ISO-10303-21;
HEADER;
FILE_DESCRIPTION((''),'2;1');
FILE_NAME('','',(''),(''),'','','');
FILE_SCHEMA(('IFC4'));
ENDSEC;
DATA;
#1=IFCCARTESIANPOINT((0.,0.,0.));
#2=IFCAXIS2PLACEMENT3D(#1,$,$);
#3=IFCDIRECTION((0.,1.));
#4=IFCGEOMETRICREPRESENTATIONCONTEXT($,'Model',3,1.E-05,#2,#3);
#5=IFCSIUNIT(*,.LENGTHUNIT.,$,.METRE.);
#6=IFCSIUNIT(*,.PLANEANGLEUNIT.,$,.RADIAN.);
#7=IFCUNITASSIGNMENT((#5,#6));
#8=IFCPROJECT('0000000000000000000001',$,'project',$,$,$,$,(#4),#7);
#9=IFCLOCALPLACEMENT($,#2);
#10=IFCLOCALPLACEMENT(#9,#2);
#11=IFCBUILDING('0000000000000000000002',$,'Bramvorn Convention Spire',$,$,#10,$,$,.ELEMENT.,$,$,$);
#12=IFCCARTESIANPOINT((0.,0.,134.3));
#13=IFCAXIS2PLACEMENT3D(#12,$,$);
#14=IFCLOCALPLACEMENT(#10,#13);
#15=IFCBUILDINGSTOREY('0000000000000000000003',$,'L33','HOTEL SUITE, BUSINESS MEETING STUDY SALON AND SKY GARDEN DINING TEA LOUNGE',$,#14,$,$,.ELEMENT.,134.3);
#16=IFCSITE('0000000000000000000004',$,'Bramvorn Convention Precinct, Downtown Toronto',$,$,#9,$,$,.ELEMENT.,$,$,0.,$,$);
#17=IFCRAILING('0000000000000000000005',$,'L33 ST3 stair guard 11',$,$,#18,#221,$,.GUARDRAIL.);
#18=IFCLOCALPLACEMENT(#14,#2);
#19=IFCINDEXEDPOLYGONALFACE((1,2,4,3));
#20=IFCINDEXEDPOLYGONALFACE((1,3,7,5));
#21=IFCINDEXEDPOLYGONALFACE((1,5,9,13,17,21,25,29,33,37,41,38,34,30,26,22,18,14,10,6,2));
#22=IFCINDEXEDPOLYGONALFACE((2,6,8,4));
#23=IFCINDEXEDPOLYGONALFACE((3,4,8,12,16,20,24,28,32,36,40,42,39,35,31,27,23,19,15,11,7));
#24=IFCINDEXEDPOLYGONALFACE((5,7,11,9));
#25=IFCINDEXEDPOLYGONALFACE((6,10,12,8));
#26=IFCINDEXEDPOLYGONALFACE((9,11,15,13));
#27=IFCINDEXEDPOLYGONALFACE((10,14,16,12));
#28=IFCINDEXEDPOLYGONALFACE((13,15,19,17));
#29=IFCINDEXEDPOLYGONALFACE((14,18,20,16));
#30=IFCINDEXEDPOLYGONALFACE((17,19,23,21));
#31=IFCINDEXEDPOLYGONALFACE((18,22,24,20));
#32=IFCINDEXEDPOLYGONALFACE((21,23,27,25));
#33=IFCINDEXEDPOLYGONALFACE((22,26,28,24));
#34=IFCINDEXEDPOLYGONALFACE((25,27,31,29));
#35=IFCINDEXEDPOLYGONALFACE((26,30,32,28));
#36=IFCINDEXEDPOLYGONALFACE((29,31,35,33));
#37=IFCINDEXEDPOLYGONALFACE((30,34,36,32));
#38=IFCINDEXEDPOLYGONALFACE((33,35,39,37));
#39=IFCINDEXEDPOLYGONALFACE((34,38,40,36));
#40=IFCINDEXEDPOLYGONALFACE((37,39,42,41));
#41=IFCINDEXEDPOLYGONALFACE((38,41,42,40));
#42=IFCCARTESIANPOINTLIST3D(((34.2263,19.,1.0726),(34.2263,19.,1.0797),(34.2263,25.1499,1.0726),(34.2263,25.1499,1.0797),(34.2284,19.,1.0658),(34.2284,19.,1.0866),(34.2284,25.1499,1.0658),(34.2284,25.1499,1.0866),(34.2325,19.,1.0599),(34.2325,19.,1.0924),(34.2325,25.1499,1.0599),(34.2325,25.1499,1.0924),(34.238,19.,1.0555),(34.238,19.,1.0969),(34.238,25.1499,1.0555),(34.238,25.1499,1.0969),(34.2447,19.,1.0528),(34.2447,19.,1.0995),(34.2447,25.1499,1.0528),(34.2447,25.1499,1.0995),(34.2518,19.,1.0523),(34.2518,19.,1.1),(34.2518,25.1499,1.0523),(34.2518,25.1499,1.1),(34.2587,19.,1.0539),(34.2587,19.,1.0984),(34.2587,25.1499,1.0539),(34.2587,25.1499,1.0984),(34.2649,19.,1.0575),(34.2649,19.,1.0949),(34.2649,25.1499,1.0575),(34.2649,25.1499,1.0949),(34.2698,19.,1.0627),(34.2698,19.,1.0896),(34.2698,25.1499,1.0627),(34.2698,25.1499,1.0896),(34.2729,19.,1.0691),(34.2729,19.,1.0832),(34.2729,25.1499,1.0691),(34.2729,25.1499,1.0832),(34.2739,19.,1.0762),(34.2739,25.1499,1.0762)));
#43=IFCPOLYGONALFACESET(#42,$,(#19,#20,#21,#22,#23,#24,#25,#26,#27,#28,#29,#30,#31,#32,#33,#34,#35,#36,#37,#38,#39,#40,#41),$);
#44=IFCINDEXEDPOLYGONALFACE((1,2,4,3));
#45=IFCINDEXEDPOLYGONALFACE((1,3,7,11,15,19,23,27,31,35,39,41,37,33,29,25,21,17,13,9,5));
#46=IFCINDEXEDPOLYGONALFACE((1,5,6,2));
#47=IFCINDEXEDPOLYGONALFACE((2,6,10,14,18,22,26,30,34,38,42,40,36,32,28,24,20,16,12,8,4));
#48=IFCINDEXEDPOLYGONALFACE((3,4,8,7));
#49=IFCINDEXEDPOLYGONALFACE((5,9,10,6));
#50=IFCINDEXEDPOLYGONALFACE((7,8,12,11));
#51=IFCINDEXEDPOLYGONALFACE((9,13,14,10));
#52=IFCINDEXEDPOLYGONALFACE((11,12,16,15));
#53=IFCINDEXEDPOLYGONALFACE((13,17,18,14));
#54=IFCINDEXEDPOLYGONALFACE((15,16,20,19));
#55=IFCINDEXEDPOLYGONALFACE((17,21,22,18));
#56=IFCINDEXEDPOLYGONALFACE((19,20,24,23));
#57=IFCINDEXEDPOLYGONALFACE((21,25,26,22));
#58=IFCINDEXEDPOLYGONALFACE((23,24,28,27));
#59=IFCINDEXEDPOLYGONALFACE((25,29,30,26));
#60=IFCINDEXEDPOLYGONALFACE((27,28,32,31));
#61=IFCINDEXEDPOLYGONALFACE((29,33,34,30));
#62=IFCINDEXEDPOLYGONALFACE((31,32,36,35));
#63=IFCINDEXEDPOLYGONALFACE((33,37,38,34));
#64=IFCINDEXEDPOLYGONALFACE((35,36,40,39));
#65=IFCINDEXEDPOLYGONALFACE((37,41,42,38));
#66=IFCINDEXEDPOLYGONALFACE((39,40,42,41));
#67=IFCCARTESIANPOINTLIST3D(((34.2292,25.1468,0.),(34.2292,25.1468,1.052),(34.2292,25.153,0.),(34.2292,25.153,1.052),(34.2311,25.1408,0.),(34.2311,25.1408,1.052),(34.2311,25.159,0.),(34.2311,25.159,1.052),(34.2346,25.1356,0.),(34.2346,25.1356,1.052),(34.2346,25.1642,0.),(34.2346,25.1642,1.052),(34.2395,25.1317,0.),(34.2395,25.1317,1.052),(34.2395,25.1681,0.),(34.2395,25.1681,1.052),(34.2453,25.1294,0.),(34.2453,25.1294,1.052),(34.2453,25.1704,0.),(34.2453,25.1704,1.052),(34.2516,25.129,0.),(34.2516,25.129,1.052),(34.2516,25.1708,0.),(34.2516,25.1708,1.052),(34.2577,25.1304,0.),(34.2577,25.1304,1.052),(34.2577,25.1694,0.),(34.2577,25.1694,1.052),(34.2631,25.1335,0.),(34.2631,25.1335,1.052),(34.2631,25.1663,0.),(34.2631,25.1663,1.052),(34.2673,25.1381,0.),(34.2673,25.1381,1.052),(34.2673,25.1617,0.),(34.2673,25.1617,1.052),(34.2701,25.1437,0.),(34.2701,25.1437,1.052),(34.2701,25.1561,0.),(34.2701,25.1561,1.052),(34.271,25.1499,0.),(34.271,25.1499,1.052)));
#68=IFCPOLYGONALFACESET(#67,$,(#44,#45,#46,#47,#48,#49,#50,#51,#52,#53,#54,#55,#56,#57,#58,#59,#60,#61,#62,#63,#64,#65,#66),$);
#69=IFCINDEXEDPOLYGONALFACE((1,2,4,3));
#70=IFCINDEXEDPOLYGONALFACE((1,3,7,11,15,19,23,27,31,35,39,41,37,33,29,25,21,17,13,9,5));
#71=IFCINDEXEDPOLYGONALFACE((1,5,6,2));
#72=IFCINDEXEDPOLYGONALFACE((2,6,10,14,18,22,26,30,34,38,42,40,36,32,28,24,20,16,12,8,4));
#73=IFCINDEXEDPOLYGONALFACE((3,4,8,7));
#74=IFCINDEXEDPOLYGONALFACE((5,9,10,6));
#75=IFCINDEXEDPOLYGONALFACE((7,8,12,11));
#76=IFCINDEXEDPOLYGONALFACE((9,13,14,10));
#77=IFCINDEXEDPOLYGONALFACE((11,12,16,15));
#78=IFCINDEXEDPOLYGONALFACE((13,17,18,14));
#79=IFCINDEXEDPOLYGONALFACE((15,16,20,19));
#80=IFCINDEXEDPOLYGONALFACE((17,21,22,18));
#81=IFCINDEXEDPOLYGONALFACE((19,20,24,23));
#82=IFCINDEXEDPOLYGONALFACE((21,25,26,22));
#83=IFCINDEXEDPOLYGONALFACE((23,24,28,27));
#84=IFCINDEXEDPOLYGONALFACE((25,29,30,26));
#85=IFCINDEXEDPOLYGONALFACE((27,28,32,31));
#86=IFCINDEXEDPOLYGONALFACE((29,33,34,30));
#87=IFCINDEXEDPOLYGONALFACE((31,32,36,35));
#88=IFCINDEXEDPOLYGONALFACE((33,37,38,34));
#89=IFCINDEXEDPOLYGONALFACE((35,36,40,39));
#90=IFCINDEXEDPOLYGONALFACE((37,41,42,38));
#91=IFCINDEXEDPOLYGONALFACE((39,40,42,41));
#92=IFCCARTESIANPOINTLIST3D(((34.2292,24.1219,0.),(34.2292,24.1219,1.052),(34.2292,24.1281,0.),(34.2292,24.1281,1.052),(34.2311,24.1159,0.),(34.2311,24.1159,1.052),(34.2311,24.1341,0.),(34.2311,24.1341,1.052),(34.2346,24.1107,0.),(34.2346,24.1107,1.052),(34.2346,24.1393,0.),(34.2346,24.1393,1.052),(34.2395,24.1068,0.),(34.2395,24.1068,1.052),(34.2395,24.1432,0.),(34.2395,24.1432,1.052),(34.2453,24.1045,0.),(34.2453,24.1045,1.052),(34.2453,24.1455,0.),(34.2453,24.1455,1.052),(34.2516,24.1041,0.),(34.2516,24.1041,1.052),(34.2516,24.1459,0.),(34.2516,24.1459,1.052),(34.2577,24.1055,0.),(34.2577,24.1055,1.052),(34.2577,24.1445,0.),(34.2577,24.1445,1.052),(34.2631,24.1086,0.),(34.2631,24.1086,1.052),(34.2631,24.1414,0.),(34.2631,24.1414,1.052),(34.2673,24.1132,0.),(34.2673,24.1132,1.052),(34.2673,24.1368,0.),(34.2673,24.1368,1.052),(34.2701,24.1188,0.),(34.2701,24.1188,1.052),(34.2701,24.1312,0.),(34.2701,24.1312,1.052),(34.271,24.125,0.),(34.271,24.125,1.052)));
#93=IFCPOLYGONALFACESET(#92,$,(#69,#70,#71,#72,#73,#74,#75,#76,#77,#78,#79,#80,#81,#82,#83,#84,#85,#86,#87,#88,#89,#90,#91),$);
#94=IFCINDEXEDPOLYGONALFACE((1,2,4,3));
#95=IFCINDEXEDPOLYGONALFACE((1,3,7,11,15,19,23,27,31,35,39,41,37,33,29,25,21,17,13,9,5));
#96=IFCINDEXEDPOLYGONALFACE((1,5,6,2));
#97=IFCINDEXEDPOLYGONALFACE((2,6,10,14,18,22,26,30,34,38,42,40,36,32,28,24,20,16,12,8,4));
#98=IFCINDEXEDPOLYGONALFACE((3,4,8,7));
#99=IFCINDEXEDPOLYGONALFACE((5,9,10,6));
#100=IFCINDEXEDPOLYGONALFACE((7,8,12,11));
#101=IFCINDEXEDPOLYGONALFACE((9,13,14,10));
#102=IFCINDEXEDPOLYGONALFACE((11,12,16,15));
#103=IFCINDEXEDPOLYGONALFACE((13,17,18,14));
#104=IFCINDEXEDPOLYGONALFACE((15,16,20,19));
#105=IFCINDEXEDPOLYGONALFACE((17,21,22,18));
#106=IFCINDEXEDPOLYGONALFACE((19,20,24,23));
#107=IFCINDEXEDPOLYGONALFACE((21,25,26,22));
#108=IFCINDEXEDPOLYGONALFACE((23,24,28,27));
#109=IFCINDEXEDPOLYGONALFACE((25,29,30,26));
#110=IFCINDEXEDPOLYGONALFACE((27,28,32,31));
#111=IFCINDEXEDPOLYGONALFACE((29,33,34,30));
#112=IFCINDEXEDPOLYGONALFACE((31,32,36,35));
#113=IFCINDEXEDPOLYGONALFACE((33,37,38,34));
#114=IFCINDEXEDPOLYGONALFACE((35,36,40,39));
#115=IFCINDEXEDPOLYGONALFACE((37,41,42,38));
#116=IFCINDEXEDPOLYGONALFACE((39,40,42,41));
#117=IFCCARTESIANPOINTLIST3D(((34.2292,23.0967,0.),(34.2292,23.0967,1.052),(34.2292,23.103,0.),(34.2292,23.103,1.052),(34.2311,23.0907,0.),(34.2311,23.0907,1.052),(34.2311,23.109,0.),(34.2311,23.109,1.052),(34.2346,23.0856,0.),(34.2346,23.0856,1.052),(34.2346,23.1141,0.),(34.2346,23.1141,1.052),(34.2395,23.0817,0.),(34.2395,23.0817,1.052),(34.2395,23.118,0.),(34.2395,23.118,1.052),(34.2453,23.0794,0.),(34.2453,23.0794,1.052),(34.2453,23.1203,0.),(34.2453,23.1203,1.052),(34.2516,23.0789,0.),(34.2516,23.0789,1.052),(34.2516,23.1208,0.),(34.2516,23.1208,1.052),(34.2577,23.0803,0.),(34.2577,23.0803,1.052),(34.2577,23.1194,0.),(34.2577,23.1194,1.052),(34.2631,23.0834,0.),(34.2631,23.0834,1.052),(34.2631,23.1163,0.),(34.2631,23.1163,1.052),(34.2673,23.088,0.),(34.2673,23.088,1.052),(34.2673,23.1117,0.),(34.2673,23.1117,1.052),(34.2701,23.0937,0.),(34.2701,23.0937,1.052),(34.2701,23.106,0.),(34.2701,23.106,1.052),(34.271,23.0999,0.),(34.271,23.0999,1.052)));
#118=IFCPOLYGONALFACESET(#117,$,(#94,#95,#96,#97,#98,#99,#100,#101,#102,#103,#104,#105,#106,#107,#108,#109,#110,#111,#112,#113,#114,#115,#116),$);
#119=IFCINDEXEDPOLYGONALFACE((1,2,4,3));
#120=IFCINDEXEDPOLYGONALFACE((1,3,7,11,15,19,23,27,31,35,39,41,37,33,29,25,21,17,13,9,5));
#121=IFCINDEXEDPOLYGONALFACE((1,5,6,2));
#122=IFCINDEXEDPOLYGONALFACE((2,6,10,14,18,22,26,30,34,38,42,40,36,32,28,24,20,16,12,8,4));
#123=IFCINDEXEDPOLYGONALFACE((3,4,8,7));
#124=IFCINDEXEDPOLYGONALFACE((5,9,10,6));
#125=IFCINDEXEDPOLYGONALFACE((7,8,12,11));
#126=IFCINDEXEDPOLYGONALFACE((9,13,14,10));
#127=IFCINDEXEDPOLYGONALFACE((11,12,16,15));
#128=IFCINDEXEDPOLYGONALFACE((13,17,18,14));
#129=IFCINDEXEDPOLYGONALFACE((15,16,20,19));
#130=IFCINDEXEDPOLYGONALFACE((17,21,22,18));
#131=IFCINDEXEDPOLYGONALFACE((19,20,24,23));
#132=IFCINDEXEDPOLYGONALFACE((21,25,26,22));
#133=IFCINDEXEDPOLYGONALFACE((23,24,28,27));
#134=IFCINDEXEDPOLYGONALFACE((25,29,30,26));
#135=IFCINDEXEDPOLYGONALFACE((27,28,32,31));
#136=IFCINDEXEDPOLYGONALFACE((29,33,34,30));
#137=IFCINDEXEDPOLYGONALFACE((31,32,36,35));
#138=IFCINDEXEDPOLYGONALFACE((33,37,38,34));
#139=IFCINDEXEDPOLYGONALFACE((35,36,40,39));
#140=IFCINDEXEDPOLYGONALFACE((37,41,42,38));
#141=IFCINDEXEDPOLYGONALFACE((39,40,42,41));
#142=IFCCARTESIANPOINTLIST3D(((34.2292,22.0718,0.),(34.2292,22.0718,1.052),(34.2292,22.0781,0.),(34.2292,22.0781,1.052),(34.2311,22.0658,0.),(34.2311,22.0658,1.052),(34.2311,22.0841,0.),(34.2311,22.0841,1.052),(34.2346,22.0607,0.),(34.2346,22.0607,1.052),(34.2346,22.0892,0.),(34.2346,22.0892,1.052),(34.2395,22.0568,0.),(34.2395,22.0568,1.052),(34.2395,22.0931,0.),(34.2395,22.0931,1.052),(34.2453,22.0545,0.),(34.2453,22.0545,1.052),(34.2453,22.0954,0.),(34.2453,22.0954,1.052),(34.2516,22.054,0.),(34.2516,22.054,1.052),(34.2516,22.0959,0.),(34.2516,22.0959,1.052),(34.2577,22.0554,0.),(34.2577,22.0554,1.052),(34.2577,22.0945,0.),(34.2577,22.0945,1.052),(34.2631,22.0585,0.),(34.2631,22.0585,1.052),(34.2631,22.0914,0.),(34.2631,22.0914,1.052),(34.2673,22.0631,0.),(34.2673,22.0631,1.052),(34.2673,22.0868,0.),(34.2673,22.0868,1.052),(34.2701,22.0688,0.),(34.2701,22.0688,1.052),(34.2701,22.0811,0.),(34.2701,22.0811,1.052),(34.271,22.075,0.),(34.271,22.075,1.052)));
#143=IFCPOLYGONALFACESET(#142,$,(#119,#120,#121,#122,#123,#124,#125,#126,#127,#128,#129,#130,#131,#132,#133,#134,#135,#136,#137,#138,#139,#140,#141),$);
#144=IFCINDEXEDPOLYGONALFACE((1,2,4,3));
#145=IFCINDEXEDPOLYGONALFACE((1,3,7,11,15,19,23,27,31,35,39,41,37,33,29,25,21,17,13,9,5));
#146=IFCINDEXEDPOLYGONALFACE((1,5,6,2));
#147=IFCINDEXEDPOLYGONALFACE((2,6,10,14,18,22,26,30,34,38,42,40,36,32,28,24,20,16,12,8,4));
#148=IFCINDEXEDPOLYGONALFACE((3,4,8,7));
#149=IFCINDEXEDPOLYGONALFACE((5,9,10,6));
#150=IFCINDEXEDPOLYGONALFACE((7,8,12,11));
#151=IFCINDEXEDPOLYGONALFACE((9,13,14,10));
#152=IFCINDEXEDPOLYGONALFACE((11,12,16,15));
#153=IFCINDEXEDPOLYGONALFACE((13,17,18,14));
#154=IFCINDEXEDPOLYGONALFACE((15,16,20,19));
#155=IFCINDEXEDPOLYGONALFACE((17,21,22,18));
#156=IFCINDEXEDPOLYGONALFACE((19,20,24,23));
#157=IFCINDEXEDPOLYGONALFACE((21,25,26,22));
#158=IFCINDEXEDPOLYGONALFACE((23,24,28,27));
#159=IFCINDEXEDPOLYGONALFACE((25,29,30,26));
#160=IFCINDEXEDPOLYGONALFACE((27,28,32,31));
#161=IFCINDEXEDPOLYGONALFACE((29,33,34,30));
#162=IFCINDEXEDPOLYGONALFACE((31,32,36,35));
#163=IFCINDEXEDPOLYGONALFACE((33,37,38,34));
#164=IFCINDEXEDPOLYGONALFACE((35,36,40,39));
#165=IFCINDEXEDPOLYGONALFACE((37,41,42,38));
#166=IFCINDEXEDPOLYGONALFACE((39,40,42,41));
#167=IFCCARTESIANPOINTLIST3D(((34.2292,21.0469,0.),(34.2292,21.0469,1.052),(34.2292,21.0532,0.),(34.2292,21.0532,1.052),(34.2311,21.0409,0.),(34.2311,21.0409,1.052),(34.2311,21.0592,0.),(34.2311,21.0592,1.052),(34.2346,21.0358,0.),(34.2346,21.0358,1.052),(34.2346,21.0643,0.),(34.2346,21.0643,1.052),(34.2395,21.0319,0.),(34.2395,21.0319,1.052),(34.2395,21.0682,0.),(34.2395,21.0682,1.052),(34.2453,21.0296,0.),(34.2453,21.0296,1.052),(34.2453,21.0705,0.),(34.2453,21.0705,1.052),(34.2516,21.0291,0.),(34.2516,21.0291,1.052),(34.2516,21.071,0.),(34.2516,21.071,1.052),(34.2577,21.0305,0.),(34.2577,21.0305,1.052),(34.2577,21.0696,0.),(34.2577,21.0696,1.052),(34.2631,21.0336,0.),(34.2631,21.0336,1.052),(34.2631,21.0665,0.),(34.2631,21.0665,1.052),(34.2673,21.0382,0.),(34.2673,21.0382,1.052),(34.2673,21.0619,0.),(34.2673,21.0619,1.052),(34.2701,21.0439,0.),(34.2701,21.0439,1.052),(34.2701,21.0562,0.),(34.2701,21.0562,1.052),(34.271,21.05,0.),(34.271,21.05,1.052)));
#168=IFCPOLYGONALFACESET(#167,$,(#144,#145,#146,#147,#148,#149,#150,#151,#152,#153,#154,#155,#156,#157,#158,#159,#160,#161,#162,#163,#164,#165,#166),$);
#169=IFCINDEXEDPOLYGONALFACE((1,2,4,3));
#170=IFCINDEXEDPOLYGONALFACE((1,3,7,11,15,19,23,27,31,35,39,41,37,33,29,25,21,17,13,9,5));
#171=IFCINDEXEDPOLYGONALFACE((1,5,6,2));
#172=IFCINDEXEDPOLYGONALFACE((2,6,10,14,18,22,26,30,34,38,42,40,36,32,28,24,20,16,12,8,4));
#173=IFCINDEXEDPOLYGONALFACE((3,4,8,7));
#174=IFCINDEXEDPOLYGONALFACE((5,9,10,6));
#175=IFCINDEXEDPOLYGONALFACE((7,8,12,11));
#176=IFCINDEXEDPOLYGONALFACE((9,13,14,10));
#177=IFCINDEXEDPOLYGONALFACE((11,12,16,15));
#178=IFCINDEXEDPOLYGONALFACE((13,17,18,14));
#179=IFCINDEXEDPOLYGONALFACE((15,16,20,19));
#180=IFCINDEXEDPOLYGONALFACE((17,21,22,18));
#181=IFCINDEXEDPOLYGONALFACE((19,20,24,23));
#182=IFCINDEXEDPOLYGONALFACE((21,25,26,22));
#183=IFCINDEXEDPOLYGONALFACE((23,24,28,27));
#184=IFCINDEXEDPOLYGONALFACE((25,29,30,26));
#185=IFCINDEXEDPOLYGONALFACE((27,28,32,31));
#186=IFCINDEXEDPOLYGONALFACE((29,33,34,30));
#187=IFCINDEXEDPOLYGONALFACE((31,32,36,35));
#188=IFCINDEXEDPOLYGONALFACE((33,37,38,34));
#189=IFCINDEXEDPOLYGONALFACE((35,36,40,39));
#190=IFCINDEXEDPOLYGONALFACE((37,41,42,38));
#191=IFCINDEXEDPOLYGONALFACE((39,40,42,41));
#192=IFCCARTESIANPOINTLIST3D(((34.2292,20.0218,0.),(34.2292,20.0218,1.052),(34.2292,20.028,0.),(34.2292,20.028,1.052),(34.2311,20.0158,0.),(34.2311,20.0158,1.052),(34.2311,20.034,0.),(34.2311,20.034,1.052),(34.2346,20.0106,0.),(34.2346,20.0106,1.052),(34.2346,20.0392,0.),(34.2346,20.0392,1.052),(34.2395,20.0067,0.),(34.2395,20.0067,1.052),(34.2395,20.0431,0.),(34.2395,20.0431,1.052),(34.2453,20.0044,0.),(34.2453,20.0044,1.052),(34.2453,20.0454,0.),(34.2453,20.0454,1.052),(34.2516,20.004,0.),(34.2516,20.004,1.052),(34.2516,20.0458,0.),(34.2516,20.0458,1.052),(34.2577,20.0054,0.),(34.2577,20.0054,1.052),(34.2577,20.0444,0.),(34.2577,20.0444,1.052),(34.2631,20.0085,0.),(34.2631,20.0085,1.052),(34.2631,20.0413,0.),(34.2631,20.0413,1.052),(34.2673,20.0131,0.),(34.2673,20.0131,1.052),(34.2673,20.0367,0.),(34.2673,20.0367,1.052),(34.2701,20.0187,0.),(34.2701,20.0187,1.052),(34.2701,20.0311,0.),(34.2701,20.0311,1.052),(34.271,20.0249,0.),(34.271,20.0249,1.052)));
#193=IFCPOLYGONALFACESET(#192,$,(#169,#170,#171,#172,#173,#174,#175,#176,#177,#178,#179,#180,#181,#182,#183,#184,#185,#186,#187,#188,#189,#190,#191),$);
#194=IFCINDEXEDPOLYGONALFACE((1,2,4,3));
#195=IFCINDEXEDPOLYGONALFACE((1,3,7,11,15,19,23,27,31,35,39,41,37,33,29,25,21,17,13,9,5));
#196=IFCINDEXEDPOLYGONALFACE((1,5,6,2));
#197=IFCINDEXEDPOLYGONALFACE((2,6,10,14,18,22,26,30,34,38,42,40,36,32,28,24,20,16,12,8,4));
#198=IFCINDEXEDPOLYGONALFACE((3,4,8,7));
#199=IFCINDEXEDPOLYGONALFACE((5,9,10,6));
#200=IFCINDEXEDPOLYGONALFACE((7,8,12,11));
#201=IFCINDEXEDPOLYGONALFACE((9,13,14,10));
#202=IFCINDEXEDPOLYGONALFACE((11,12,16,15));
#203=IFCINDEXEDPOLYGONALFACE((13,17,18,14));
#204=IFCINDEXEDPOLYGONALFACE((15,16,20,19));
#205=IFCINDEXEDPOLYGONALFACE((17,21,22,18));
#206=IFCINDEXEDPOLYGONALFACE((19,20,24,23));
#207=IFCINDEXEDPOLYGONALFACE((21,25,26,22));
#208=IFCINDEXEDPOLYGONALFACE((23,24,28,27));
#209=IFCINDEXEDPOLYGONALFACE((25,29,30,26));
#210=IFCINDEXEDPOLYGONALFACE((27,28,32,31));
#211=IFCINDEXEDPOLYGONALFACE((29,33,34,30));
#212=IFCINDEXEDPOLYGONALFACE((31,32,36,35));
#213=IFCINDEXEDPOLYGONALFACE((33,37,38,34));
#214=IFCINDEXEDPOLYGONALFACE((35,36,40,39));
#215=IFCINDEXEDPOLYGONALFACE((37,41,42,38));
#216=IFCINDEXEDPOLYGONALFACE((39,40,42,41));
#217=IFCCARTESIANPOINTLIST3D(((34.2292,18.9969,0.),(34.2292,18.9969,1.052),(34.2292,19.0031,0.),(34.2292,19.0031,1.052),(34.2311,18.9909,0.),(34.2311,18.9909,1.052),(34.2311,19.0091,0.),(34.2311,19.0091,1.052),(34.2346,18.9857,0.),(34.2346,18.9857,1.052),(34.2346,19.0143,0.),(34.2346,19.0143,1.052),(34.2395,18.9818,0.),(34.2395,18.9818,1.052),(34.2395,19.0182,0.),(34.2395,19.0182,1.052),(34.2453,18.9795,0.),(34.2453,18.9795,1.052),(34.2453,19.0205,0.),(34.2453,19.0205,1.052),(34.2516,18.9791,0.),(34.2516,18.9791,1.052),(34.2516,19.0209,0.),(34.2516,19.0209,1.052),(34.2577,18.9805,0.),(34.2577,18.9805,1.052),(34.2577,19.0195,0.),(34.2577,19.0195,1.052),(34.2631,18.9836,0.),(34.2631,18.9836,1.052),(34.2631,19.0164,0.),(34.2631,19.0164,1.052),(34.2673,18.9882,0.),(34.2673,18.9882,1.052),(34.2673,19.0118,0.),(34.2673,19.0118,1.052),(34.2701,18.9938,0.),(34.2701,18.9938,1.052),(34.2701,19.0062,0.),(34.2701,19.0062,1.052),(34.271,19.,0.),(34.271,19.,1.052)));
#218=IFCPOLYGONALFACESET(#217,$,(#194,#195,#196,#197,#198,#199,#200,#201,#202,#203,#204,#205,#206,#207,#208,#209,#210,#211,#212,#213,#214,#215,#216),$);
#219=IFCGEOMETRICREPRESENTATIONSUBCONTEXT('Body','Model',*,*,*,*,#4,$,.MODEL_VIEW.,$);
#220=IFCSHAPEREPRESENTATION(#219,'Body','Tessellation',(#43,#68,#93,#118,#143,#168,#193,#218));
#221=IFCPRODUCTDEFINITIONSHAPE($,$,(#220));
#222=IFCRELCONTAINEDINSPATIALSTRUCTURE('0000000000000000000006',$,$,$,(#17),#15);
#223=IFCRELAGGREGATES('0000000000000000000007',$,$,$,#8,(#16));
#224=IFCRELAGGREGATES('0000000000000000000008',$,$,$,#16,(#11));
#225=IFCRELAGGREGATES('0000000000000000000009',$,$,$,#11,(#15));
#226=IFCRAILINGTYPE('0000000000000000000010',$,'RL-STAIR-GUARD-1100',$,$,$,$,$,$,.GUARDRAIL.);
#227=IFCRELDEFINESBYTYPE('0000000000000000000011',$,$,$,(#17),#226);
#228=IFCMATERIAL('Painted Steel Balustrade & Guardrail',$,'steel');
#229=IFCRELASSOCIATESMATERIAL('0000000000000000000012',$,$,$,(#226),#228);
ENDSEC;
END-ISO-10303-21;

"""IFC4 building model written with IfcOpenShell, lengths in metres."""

from ifc_helpers import new_model, si_unit, direction, frame, origin, origin_2d, place, context, subcontext, project, spatial, circle, extrude, material, type_object, element, save


model = new_model("IFC4")

# Units and contexts
model_context = context("Model", 3, precision=1e-05, world=origin(), true_north=direction((0.0, 1.0)))
body_context = subcontext(model_context, "Body", "Model", "MODEL_VIEW")
ifc_project = project(units=[si_unit("LENGTHUNIT", "METRE"), si_unit("PLANEANGLEUNIT", "RADIAN")], contexts=[model_context])

# Site, building, storey
site_placement = place(None, origin())
site = spatial("IfcSite", under=ifc_project, at=site_placement, Name="Bramvorn Convention Precinct, Downtown Toronto", CompositionType="ELEMENT", RefElevation=0.0)
building_placement = place(site_placement, origin())
building = spatial("IfcBuilding", under=site, at=building_placement, Name="Bramvorn Convention Spire", CompositionType="ELEMENT")
storey_placement = place(building_placement, frame((0.0, 0.0, 134.3)))
storey = spatial("IfcBuildingStorey", under=building, at=storey_placement, Name="L33", Description="HOTEL SUITE, BUSINESS MEETING STUDY SALON AND SKY GARDEN DINING TEA LOUNGE", CompositionType="ELEMENT", Elevation=134.3)

# Railing
ifc_material_1 = material(Name="Painted Steel Balustrade & Guardrail", Category="steel")
railing_type_1 = type_object("IfcRailingType", Name="RL-STAIR-GUARD-1100", PredefinedType="GUARDRAIL", material=ifc_material_1)
railing_1_placement = place(storey_placement, frame((34.25, 25.1499, 0.0)))
element("IfcRailing", 1, at=railing_1_placement, inside=storey, type_object=railing_type_1, Name="L33 ST3 stair guard 11", PredefinedType="GUARDRAIL", context=body_context, shape_type="SweptSolid", body=[
    extrude(circle(Radius=0.0239, at=origin_2d()), frame((0.0, 0.0, 1.0762), z_axis=(0.0, -1.0, 0.0), x_axis=(1.0, 0.0, 0.0)), (0.0, 0.0, 1.0), 6.1499),
    extrude(circle(Radius=0.021, at=origin_2d()), origin(), (0.0, 0.0, 1.0), 1.052),
    extrude(circle(Radius=0.021, at=origin_2d()), frame((0.0, -1.0249, 0.0)), (0.0, 0.0, 1.0), 1.052),
    extrude(circle(Radius=0.021, at=origin_2d()), frame((0.0, -2.05, 0.0)), (0.0, 0.0, 1.0), 1.052),
    extrude(circle(Radius=0.021, at=origin_2d()), frame((0.0, -3.075, 0.0)), (0.0, 0.0, 1.0), 1.052),
    extrude(circle(Radius=0.021, at=origin_2d()), frame((0.0, -4.0999, 0.0)), (0.0, 0.0, 1.0), 1.052),
    extrude(circle(Radius=0.021, at=origin_2d()), frame((0.0, -5.125, 0.0)), (0.0, 0.0, 1.0), 1.052),
    extrude(circle(Radius=0.021, at=origin_2d()), frame((0.0, -6.1499, 0.0)), (0.0, 0.0, 1.0), 1.052),
])

save(model, "model.ifc")
